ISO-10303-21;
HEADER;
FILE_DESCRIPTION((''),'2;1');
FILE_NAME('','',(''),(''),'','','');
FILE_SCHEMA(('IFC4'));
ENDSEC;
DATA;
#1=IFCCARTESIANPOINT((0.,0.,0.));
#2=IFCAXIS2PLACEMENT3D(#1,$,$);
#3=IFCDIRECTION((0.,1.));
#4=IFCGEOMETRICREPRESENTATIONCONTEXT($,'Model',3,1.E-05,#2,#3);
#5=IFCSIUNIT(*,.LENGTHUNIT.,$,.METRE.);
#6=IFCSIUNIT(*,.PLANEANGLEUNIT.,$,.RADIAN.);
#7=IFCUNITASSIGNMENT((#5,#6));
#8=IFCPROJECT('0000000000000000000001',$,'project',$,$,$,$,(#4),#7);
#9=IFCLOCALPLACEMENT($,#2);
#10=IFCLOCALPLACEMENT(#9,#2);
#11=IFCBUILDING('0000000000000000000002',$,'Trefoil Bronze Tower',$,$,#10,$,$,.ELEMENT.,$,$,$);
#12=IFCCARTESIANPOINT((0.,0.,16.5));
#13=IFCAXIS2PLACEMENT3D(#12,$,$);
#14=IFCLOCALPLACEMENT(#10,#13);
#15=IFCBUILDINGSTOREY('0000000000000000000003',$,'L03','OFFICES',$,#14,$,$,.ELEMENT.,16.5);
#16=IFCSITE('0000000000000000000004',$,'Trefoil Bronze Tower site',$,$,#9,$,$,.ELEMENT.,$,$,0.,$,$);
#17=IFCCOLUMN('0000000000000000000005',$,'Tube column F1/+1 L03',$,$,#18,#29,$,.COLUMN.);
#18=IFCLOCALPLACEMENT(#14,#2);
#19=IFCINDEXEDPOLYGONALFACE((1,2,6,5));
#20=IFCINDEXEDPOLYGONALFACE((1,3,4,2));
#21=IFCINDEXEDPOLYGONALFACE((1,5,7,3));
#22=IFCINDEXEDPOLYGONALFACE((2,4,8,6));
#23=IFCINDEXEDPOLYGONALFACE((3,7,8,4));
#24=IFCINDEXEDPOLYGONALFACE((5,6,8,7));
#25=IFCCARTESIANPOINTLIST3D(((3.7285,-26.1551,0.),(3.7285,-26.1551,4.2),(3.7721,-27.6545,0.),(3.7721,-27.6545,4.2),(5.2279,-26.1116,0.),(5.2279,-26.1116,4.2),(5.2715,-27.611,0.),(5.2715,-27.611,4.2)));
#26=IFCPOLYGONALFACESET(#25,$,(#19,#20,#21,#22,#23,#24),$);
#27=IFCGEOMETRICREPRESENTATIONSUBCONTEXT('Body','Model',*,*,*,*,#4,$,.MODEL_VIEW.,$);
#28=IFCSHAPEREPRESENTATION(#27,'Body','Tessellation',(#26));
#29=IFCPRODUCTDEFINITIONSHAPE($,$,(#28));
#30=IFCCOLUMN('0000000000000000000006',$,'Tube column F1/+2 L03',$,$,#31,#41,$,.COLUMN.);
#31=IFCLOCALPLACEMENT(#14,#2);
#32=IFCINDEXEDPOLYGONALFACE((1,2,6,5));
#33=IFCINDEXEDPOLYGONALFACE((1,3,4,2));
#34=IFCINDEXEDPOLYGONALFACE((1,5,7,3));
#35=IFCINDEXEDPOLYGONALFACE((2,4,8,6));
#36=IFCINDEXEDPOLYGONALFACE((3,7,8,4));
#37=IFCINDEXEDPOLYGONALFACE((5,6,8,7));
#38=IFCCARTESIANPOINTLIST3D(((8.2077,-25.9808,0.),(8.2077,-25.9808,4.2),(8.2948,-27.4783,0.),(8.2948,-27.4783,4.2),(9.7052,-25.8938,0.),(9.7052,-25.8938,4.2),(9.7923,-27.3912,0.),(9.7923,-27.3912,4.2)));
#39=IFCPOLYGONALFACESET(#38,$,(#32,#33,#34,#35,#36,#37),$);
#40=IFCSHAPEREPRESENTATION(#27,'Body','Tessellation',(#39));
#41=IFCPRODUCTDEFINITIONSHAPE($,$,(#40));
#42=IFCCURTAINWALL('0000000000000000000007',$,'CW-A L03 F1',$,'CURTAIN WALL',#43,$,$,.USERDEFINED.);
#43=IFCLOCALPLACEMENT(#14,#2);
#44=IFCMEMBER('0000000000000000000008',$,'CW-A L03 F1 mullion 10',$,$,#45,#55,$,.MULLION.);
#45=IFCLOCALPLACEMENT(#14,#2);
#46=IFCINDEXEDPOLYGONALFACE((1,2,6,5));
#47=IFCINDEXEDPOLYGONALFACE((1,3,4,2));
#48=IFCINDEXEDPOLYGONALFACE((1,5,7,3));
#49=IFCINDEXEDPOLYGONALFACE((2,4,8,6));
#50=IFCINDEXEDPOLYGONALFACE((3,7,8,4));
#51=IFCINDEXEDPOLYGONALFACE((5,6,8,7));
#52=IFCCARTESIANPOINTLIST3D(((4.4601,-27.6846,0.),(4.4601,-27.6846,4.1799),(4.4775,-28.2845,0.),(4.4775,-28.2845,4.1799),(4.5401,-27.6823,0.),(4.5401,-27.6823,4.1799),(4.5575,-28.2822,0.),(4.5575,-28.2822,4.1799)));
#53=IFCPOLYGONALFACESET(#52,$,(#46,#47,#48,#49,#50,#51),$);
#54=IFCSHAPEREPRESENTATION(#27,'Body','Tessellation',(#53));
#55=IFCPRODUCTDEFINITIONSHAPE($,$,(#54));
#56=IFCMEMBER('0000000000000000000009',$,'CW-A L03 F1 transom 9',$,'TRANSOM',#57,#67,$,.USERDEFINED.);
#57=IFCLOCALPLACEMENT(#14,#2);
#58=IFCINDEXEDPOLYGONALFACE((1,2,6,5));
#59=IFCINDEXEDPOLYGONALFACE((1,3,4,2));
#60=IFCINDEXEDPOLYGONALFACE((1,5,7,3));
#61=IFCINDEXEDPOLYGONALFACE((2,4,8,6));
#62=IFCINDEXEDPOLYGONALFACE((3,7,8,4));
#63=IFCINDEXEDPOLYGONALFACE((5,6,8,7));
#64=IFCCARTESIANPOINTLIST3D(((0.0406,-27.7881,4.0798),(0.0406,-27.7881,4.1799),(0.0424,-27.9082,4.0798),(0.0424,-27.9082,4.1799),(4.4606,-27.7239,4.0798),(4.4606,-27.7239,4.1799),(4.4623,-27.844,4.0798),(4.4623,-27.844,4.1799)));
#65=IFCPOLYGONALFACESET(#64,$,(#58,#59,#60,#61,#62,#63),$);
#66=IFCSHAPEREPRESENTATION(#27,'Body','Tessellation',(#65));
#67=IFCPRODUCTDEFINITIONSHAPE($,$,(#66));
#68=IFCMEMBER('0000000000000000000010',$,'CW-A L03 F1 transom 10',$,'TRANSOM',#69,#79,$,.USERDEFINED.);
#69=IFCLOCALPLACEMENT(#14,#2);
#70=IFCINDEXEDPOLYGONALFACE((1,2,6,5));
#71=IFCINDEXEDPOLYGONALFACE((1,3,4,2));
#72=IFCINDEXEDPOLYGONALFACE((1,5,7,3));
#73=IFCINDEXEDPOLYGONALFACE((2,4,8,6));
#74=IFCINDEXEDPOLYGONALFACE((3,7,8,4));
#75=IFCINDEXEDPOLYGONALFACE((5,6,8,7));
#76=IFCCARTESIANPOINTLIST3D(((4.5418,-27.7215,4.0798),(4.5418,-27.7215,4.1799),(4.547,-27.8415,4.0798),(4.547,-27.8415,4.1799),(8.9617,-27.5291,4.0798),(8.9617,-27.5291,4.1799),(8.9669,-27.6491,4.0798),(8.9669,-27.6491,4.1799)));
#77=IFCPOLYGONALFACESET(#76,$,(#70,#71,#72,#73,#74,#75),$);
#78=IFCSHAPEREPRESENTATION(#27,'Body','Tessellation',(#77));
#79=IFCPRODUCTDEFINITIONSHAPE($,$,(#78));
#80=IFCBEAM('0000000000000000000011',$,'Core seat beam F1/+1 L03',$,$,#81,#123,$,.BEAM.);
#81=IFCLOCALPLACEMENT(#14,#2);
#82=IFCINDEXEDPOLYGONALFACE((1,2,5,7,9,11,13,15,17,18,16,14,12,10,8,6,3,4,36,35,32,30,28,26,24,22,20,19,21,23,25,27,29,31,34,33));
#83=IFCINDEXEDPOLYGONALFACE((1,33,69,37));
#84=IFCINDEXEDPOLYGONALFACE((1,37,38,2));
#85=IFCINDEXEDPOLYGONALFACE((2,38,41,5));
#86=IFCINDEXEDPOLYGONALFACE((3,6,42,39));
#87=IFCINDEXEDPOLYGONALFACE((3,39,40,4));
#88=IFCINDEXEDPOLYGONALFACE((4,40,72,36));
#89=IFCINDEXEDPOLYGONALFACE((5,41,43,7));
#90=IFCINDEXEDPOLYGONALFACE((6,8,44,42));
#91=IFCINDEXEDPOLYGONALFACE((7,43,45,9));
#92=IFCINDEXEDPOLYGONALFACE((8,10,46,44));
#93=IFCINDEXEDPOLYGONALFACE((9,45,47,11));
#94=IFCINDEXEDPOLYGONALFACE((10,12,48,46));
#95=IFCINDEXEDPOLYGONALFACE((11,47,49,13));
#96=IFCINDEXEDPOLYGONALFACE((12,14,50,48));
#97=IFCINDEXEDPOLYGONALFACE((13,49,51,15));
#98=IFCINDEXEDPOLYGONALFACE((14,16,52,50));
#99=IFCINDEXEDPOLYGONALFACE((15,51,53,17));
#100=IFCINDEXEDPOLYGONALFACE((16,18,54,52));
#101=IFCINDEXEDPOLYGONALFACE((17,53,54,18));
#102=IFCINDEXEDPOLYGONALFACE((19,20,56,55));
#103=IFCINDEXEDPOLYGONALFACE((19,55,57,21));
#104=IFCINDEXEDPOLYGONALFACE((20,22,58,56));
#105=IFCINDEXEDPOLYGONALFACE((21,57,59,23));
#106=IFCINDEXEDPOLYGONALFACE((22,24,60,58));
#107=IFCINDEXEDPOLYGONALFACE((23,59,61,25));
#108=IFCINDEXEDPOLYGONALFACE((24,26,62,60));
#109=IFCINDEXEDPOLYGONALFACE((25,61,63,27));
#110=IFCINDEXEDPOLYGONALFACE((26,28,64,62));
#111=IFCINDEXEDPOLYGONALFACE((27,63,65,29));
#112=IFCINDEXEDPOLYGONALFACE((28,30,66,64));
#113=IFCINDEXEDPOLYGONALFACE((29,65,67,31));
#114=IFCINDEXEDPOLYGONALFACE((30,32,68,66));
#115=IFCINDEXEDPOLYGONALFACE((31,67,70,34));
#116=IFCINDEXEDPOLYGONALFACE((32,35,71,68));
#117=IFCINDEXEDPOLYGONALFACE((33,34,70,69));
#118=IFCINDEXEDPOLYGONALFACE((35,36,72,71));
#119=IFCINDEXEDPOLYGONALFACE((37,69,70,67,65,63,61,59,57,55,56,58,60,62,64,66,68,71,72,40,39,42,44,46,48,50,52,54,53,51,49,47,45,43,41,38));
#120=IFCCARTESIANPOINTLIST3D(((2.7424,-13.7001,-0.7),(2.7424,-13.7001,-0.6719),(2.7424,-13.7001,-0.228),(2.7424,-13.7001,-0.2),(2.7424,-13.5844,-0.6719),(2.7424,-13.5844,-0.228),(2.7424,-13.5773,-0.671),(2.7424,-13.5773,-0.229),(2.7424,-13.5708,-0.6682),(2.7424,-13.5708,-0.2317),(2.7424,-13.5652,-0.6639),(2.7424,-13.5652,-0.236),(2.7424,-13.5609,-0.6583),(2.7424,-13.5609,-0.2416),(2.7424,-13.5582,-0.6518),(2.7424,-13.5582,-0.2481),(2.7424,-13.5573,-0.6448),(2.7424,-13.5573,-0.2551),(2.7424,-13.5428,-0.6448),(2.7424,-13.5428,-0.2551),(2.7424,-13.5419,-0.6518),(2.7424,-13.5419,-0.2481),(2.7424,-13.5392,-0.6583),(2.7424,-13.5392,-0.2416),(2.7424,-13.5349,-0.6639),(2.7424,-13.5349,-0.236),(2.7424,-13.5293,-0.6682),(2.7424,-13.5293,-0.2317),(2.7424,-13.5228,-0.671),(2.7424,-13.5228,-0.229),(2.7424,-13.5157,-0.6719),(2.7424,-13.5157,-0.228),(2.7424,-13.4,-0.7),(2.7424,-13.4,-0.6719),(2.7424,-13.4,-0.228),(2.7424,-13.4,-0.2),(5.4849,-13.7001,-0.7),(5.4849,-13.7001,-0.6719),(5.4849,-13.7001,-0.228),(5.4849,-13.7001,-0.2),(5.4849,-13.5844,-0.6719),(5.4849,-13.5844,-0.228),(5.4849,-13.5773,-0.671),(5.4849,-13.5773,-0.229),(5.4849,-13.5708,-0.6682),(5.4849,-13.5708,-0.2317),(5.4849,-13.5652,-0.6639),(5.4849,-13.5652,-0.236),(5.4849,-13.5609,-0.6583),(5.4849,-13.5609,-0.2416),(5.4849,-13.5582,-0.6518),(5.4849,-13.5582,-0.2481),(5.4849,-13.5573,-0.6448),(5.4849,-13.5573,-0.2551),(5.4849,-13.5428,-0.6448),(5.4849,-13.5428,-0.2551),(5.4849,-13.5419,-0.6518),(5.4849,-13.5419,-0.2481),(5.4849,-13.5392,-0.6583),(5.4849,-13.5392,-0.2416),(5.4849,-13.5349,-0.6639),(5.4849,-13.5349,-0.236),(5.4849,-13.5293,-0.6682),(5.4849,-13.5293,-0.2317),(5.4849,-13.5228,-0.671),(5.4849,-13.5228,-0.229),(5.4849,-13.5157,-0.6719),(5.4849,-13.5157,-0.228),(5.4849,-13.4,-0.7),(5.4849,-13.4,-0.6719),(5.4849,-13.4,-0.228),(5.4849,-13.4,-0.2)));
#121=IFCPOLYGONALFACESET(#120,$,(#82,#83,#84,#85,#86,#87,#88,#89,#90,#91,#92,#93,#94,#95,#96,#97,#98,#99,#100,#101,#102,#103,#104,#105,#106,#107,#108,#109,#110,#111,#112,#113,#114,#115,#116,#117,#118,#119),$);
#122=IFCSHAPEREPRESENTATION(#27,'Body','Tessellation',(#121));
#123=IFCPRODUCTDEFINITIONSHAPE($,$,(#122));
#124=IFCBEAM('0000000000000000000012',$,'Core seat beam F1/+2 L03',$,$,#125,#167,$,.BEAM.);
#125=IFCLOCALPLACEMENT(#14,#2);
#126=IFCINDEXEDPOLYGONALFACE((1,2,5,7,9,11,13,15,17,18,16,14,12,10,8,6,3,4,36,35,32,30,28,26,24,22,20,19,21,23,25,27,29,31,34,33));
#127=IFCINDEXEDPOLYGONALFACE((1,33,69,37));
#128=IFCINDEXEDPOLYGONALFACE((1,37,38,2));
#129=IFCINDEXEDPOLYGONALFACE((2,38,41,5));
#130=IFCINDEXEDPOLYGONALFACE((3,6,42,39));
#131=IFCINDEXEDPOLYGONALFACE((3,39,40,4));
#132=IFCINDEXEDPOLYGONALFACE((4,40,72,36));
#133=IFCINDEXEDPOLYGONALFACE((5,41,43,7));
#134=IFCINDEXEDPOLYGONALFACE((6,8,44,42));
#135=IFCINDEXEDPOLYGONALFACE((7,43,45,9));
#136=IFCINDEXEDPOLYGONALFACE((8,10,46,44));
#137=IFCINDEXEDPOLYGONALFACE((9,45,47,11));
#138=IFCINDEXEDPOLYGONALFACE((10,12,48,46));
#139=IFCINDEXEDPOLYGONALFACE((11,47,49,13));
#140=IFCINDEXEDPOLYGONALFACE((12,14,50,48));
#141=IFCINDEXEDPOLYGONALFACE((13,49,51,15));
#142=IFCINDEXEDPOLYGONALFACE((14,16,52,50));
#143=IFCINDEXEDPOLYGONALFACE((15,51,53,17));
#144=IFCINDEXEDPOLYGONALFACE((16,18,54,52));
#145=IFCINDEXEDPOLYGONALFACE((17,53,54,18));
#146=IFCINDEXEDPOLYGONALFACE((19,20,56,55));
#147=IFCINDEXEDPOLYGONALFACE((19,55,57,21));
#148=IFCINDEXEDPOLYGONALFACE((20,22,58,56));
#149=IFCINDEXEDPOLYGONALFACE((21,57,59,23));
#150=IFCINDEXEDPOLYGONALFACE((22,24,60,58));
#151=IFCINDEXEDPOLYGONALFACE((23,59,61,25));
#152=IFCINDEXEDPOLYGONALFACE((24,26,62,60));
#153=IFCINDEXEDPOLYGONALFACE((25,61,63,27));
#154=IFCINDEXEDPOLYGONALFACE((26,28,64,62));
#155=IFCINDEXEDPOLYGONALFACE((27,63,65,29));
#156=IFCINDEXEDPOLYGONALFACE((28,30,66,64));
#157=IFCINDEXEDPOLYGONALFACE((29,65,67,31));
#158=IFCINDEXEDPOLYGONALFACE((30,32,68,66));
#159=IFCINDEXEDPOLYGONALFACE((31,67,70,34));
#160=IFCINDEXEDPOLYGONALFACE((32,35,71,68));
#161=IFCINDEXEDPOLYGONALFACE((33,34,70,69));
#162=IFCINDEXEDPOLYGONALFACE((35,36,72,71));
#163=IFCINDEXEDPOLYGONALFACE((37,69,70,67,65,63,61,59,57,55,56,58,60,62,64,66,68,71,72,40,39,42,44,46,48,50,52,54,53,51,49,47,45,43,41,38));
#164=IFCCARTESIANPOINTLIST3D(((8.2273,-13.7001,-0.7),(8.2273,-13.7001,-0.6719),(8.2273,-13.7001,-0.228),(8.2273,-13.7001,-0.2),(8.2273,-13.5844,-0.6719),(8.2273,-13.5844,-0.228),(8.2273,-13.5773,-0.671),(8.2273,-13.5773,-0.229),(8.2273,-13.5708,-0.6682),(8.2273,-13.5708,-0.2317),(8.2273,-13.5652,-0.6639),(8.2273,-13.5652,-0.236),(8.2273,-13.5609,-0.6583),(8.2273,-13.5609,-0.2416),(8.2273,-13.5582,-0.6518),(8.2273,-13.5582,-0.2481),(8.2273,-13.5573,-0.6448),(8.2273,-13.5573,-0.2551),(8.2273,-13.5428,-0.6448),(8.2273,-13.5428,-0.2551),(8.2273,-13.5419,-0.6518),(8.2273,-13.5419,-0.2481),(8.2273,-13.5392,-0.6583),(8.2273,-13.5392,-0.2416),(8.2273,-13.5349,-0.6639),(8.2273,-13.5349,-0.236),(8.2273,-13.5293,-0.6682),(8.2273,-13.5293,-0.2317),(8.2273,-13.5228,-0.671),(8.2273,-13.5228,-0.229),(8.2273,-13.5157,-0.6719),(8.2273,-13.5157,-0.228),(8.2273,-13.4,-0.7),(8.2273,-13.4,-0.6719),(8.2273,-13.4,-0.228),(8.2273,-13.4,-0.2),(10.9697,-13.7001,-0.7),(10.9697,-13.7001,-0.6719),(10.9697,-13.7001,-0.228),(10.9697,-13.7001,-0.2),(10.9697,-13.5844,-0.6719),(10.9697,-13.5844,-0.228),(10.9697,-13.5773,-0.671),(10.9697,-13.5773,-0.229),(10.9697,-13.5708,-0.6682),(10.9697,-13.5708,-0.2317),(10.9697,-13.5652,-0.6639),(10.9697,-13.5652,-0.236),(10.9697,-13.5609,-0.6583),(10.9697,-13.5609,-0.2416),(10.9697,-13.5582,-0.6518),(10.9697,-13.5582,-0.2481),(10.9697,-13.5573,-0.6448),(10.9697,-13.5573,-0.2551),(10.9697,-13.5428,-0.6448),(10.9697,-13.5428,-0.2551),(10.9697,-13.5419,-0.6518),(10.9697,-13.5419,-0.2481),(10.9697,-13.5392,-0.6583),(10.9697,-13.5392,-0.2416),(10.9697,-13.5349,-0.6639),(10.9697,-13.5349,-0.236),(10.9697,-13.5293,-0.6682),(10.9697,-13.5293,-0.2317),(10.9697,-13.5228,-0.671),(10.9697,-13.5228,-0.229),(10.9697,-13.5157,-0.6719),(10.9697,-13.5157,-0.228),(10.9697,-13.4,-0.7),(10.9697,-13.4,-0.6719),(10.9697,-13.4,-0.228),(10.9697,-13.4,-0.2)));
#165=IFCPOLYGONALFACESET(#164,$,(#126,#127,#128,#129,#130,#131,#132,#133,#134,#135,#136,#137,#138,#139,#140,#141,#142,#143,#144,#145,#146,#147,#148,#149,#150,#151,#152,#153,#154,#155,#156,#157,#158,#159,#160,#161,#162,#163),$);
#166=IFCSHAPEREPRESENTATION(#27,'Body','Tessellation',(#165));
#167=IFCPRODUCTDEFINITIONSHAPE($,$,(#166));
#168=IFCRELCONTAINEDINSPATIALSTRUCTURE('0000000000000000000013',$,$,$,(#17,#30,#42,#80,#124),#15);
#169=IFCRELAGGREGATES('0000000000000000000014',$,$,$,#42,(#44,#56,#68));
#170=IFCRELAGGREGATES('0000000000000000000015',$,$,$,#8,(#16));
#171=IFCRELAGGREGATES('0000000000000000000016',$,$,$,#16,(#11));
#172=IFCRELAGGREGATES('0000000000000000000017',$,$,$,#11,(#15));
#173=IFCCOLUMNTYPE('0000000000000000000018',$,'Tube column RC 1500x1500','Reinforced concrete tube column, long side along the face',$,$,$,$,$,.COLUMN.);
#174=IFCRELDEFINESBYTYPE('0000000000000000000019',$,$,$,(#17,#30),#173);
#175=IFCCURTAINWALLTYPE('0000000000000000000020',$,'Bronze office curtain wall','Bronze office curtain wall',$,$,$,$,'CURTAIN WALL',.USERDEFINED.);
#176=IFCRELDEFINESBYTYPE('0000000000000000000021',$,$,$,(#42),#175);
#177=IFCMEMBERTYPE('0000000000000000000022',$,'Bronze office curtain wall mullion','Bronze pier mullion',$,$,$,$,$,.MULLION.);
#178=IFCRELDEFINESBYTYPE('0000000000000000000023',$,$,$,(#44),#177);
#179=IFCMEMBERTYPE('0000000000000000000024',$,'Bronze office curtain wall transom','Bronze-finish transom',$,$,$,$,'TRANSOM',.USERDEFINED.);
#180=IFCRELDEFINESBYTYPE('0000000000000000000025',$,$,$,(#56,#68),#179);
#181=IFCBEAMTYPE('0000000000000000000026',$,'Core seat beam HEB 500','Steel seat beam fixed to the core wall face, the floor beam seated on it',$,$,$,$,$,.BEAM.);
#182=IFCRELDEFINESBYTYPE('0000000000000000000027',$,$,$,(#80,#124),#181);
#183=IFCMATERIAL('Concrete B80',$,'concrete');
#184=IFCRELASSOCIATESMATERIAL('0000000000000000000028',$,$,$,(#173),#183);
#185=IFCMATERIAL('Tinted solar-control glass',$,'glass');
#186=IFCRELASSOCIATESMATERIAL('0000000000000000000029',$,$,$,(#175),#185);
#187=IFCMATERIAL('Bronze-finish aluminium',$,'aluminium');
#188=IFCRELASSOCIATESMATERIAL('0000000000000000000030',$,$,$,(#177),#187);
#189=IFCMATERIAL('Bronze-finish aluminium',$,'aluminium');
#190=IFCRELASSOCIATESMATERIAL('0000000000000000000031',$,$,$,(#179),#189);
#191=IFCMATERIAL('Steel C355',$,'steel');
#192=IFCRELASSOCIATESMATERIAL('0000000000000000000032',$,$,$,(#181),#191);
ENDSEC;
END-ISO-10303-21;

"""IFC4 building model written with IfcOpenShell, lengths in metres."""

from ifc_helpers import new_model, si_unit, direction, frame, origin, origin_2d, place, context, subcontext, project, spatial, rectangle, i_section, extrude, material, material_profile, profile_set, type_object, element, aggregate, save


model = new_model("IFC4")

# Units and contexts
model_context = context("Model", 3, precision=1e-05, world=origin(), true_north=direction((0.0, 1.0)))
body_context = subcontext(model_context, "Body", "Model", "MODEL_VIEW")
ifc_project = project(units=[si_unit("LENGTHUNIT", "METRE"), si_unit("PLANEANGLEUNIT", "RADIAN")], contexts=[model_context])

# Site, building, storey
site_placement = place(None, origin())
site = spatial("IfcSite", under=ifc_project, at=site_placement, Name="Trefoil Bronze Tower site", CompositionType="ELEMENT", RefElevation=0.0)
building_placement = place(site_placement, origin())
building = spatial("IfcBuilding", under=site, at=building_placement, Name="Trefoil Bronze Tower", CompositionType="ELEMENT")
storey_placement = place(building_placement, frame((0.0, 0.0, 16.5)))
storey = spatial("IfcBuildingStorey", under=building, at=storey_placement, Name="L03", Description="OFFICES", CompositionType="ELEMENT", Elevation=16.5)

# Columns
ifc_material_1 = material(Name="Concrete B80", Category="concrete")
ifc_material_profile_1 = material_profile(ifc_material_1, rectangle(XDim=1.5, YDim=1.5, at=origin_2d()), Name="RC 1500x1500")
ifc_profile_set_1 = profile_set([ifc_material_profile_1], Name="Concrete B80")
column_type = type_object("IfcColumnType", Name="Tube column RC 1500x1500", Description="Reinforced concrete tube column, long side along the face", PredefinedType="COLUMN", material=ifc_profile_set_1)
for number, where, z_axis, x_axis, name in (
    (1, (4.5, -26.8831, 0.0), (0.0, 0.0, 1.0), (0.999579, 0.029022, 0.0), "Tube column F1/+1 L03"),
    (2, (9.0, -26.686, 0.0), (0.0, 0.0, 1.0), (0.998314, 0.058043, 0.0), "Tube column F1/+2 L03"),
):
    element("IfcColumn", number, at=place(storey_placement, frame(where, z_axis=z_axis, x_axis=x_axis)), inside=storey, type_object=column_type, Name=name, PredefinedType="COLUMN", context=body_context, shape_type="SweptSolid", body=[
        extrude(rectangle(XDim=1.5, YDim=1.5, at=origin_2d()), origin(), (0.0, 0.0, 1.0), 4.2),
    ])

# Curtain wall, members
ifc_material_2 = material(Name="Tinted solar-control glass", Category="glass")
curtain_wall_type = type_object("IfcCurtainWallType", Name="Bronze office curtain wall", Description="Bronze office curtain wall", ElementType="CURTAIN WALL", PredefinedType="USERDEFINED", material=ifc_material_2)
curtain_wall_placement = place(storey_placement, origin())
curtain_wall = element("IfcCurtainWall", 3, at=curtain_wall_placement, inside=storey, type_object=curtain_wall_type, Name="CW-A L03 F1", ObjectType="CURTAIN WALL", PredefinedType="USERDEFINED")
ifc_material_3 = material(Name="Bronze-finish aluminium", Category="aluminium")
ifc_material_profile_2 = material_profile(ifc_material_3, rectangle(XDim=0.6001, YDim=0.0801, at=origin_2d()), Name="CW-A mullion")
ifc_profile_set_2 = profile_set([ifc_material_profile_2], Name="Bronze-finish aluminium")
member_type_1 = type_object("IfcMemberType", Name="Bronze office curtain wall mullion", Description="Bronze pier mullion", PredefinedType="MULLION", material=ifc_profile_set_2)
member_1_placement = place(storey_placement, frame((4.5088, -27.9834, 0.0), z_axis=(0.0, 0.0, 1.0), x_axis=(-0.029022, 0.999579, 0.0)))
member_1 = element("IfcMember", 4, at=member_1_placement, type_object=member_type_1, Name="CW-A L03 F1 mullion 10", PredefinedType="MULLION", context=body_context, shape_type="SweptSolid", body=[
    extrude(rectangle(XDim=0.6001, YDim=0.0801, at=origin_2d()), origin(), (0.0, 0.0, 1.0), 4.1799),
])
ifc_material_4 = material(Name="Bronze-finish aluminium", Category="aluminium")
ifc_material_profile_3 = material_profile(ifc_material_4, rectangle(XDim=0.1201, YDim=0.1001, at=origin_2d()), Name="CW-A transom")
ifc_profile_set_3 = profile_set([ifc_material_profile_3], Name="Bronze-finish aluminium")
member_type_2 = type_object("IfcMemberType", Name="Bronze office curtain wall transom", Description="Bronze-finish transom", ElementType="TRANSOM", PredefinedType="USERDEFINED", material=ifc_profile_set_3)
member_2_placement = place(storey_placement, frame((0.0415, -27.8481, 4.1299), z_axis=(0.999894, 0.014526, 0.0), x_axis=(-0.014526, 0.999894, 0.0)))
member_2 = element("IfcMember", 5, at=member_2_placement, type_object=member_type_2, Name="CW-A L03 F1 transom 9", ObjectType="TRANSOM", PredefinedType="USERDEFINED", context=body_context, shape_type="SweptSolid", body=[
    extrude(rectangle(XDim=0.1201, YDim=0.1001, at=origin_2d()), origin(), (0.0, 0.0, 1.0), 4.4204),
])
member_3_placement = place(storey_placement, frame((4.5444, -27.7815, 4.1299), z_axis=(0.999054, 0.043485, 0.0), x_axis=(-0.043485, 0.999054, 0.0)))
member_3 = element("IfcMember", 6, at=member_3_placement, type_object=member_type_2, Name="CW-A L03 F1 transom 10", ObjectType="TRANSOM", PredefinedType="USERDEFINED", context=body_context, shape_type="SweptSolid", body=[
    extrude(rectangle(XDim=0.1201, YDim=0.1001, at=origin_2d()), origin(), (0.0, 0.0, 1.0), 4.4241),
])

# Beams
ifc_material_5 = material(Name="Steel C355", Category="steel")
ifc_material_profile_4 = material_profile(ifc_material_5, i_section(OverallWidth=0.3, OverallDepth=0.5, WebThickness=0.0144, FlangeThickness=0.0281, FilletRadius=0.0271, at=origin_2d()), Name="HEB 500")
ifc_profile_set_4 = profile_set([ifc_material_profile_4], Name="Steel C355")
beam_type_1 = type_object("IfcBeamType", Name="Core seat beam HEB 500", Description="Steel seat beam fixed to the core wall face, the floor beam seated on it", PredefinedType="BEAM", material=ifc_profile_set_4)
for number, where, z_axis, x_axis, name in (
    (7, (2.7424, -13.55, -0.45), (1.0, 0.0, 0.0), (0.0, 1.0, 0.0), "Core seat beam F1/+1 L03"),
    (8, (8.2273, -13.55, -0.45), (1.0, 0.0, 0.0), (0.0, 1.0, 0.0), "Core seat beam F1/+2 L03"),
):
    element("IfcBeam", number, at=place(storey_placement, frame(where, z_axis=z_axis, x_axis=x_axis)), inside=storey, type_object=beam_type_1, Name=name, PredefinedType="BEAM", context=body_context, shape_type="SweptSolid", body=[
        extrude(i_section(OverallWidth=0.3, OverallDepth=0.5, WebThickness=0.0144, FlangeThickness=0.0281, FilletRadius=0.0271, at=origin_2d()), origin(), (0.0, 0.0, 1.0), 2.7424),
    ])

aggregate(curtain_wall, [member_1, member_2, member_3])

save(model, "model.ifc")
